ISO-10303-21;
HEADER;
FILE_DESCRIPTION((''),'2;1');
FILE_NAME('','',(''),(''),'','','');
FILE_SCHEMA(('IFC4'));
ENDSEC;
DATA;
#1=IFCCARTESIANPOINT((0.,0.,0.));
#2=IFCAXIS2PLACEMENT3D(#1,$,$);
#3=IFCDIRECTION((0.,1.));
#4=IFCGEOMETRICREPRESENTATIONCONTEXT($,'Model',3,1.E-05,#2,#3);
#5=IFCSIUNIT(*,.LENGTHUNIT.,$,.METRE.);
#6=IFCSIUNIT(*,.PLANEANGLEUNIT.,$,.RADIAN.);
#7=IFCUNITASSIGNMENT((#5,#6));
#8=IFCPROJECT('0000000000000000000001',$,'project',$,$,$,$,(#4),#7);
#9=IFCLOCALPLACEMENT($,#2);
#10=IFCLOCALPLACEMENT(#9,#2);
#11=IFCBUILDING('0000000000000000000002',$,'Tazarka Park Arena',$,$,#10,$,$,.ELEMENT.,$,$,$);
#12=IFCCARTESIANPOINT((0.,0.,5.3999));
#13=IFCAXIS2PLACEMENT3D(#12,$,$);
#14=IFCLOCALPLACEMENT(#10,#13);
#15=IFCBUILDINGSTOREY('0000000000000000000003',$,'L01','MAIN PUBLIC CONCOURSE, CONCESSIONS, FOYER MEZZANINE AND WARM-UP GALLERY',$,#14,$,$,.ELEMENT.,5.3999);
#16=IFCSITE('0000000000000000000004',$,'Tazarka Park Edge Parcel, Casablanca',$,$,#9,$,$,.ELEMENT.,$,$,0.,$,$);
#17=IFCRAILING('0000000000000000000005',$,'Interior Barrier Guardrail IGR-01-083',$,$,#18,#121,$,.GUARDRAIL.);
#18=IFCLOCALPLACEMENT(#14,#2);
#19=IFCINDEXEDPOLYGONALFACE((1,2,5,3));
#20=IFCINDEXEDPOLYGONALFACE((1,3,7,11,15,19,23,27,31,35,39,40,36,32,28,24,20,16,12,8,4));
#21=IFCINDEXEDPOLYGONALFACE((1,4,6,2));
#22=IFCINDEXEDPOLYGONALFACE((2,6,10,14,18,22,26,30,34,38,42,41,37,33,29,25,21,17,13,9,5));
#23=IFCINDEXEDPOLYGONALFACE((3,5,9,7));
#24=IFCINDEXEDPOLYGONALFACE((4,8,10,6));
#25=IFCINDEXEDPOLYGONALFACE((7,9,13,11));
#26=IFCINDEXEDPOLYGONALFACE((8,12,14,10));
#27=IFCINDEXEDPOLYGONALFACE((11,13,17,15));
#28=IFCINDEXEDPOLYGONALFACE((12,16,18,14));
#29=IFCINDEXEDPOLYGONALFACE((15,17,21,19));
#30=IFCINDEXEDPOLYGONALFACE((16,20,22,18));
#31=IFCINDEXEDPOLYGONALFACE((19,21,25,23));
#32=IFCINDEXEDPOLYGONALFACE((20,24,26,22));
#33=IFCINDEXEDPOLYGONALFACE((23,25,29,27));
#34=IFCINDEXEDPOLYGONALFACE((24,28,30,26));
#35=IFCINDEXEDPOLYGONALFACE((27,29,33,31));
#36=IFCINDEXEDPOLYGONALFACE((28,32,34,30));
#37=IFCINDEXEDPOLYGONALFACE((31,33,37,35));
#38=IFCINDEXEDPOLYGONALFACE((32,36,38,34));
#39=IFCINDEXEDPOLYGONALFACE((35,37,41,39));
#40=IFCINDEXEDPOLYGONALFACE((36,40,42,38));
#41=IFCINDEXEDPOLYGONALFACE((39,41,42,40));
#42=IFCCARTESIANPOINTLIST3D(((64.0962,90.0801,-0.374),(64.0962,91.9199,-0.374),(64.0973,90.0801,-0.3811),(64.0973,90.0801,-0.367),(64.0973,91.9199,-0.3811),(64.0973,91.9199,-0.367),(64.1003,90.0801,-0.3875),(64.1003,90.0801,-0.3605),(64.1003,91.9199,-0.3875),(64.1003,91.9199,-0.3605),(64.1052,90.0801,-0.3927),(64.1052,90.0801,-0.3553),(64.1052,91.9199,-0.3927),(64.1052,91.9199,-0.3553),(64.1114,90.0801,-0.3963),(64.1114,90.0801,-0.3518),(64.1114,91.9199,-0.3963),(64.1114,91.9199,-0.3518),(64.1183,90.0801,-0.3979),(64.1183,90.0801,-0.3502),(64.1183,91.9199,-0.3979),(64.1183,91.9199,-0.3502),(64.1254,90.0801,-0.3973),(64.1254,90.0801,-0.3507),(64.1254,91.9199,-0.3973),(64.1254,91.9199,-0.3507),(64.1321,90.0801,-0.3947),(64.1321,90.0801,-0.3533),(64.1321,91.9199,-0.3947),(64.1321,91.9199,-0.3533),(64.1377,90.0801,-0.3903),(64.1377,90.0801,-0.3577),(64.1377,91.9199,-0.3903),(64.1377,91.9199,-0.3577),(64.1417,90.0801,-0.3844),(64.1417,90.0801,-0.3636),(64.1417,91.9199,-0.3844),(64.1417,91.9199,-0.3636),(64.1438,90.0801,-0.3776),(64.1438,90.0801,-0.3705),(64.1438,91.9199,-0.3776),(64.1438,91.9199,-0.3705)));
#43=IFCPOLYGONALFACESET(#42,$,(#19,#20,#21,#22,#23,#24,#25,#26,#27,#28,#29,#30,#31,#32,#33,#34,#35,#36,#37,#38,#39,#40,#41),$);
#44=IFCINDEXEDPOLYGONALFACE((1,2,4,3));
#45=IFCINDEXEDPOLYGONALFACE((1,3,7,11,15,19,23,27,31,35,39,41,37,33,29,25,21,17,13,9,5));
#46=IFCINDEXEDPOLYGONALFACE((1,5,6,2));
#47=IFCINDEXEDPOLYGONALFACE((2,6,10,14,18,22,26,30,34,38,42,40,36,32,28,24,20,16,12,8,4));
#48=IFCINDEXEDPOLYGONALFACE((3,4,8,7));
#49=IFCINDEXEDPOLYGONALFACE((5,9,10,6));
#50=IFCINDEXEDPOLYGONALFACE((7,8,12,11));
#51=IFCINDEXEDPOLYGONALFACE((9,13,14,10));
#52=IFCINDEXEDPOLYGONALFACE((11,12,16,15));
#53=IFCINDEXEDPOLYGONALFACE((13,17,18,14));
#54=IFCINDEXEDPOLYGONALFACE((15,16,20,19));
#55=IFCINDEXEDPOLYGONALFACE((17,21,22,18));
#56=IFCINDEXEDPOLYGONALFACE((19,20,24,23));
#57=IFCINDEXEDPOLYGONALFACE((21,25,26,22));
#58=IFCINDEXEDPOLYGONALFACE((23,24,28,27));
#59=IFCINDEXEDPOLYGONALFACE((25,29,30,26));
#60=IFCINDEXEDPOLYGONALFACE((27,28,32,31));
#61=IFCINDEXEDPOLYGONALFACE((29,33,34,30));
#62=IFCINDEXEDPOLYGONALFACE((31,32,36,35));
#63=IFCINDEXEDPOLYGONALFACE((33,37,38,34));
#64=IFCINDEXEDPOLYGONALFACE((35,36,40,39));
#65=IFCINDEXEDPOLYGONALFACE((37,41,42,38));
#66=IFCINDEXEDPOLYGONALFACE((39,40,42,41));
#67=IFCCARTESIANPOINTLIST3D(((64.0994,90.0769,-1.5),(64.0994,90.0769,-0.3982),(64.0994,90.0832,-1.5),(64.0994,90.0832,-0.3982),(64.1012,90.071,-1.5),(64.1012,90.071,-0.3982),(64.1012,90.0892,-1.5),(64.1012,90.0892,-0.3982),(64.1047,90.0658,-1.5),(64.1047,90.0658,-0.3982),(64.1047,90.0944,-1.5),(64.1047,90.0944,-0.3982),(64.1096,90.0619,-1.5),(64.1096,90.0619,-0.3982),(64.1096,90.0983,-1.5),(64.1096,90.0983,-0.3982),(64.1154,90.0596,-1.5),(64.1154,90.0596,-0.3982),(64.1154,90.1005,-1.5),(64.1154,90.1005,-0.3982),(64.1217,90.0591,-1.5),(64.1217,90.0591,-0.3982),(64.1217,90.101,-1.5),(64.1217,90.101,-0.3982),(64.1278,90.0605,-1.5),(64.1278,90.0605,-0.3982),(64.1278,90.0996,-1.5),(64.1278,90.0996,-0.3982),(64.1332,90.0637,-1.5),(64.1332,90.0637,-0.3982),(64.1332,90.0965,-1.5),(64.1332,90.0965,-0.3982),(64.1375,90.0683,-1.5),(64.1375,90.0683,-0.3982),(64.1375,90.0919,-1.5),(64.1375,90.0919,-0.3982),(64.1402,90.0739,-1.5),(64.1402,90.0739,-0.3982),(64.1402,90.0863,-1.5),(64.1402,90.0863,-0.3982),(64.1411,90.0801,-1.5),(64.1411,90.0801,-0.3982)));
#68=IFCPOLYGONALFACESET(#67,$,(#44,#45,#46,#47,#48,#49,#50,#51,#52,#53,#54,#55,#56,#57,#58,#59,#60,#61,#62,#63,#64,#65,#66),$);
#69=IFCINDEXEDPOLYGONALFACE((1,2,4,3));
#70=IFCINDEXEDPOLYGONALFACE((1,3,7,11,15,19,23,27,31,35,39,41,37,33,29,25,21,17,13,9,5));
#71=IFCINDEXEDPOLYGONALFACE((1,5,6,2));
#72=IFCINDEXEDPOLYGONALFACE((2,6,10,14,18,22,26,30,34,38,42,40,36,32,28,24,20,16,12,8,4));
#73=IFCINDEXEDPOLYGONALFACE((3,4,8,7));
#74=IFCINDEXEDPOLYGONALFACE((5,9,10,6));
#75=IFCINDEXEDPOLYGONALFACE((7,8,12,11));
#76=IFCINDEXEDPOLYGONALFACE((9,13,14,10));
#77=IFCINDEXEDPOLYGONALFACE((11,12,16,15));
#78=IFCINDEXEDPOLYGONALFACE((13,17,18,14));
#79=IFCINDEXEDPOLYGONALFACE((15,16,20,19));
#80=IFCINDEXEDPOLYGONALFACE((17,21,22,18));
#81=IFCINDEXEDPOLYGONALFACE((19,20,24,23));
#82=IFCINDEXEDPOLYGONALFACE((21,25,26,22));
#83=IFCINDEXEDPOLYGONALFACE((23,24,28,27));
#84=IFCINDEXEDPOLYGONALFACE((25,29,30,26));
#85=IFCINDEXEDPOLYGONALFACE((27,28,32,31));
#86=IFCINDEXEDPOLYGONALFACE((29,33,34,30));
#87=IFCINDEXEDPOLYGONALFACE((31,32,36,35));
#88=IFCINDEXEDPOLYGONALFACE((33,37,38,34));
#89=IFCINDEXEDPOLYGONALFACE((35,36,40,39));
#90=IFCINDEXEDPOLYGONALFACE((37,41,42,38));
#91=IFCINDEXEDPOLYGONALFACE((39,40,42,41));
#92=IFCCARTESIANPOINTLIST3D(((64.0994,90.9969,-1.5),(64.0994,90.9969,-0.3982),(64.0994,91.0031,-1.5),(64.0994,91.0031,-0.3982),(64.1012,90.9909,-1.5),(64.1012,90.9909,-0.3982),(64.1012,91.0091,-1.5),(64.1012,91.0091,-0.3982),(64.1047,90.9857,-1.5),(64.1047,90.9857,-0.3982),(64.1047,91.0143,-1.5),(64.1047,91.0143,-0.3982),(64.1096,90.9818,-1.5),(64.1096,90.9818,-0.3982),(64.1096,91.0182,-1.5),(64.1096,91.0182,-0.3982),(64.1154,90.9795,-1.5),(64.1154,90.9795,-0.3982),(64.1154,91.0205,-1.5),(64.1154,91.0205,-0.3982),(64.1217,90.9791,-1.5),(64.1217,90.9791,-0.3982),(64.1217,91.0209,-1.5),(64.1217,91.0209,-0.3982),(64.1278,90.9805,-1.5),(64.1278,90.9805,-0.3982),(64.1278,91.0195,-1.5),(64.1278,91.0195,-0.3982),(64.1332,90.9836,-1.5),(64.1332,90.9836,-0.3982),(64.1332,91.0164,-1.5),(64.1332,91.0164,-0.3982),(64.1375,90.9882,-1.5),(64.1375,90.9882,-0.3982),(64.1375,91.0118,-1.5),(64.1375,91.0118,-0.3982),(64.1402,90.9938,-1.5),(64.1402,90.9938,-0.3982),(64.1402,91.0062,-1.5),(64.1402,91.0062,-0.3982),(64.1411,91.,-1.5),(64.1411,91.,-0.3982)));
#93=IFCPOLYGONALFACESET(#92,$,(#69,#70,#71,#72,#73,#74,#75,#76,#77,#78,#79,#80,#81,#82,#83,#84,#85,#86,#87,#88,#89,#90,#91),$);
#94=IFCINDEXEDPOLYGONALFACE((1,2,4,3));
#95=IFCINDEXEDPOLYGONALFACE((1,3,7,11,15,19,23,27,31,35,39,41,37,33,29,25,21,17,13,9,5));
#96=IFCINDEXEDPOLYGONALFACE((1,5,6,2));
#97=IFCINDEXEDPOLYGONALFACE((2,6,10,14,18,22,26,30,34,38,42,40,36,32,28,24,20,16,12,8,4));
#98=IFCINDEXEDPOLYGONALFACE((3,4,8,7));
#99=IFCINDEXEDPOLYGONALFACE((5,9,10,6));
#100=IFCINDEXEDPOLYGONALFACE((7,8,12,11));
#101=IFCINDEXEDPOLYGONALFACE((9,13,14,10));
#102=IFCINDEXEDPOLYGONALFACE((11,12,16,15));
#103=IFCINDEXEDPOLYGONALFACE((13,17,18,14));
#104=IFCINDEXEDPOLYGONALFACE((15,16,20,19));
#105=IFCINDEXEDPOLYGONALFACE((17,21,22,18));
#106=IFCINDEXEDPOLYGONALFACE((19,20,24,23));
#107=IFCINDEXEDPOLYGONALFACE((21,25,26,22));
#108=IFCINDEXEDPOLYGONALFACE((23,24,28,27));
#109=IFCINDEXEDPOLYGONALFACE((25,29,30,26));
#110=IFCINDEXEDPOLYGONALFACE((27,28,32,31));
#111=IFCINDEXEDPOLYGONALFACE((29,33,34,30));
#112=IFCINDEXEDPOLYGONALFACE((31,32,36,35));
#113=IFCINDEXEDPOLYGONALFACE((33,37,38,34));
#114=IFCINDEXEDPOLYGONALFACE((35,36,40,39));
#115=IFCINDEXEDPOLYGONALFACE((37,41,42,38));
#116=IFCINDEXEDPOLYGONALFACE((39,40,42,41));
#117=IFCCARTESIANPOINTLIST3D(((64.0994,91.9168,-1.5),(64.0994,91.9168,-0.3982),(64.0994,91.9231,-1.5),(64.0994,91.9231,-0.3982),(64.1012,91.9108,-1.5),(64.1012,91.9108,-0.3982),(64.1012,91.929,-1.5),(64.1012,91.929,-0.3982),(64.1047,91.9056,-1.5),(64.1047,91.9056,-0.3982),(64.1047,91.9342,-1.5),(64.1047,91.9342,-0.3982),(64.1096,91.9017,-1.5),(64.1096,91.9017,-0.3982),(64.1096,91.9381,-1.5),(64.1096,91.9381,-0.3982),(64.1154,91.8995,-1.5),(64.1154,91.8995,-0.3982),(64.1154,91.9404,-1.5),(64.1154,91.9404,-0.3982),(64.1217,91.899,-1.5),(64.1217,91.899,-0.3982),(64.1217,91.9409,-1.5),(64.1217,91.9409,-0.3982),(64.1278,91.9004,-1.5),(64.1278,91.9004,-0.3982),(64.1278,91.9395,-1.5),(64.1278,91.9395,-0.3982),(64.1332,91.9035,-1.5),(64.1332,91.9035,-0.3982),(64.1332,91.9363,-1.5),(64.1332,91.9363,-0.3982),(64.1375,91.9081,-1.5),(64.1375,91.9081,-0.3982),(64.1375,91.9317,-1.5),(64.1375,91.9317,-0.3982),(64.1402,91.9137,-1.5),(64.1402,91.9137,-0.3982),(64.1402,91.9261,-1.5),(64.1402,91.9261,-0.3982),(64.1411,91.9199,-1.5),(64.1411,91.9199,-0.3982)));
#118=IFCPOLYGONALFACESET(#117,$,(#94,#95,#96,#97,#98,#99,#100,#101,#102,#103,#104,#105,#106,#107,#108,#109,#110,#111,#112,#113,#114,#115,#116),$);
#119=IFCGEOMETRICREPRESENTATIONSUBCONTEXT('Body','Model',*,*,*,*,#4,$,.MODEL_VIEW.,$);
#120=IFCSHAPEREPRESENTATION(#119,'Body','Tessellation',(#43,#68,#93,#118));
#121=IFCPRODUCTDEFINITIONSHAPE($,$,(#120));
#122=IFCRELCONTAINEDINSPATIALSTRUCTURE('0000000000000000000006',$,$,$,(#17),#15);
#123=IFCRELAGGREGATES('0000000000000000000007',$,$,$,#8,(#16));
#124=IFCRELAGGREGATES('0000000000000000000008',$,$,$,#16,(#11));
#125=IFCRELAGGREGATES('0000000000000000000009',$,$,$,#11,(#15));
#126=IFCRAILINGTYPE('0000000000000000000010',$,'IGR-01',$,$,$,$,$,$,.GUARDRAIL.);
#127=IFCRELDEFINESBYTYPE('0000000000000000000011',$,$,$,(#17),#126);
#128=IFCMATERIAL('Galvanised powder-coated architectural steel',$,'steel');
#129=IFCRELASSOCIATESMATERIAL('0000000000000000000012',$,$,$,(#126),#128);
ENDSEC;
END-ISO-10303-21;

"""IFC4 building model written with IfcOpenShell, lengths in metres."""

from ifc_helpers import new_model, si_unit, direction, frame, origin, origin_2d, place, context, subcontext, project, spatial, circle, extrude, material, type_object, element, save


model = new_model("IFC4")

# Units and contexts
model_context = context("Model", 3, precision=1e-05, world=origin(), true_north=direction((0.0, 1.0)))
body_context = subcontext(model_context, "Body", "Model", "MODEL_VIEW")
ifc_project = project(units=[si_unit("LENGTHUNIT", "METRE"), si_unit("PLANEANGLEUNIT", "RADIAN")], contexts=[model_context])

# Site, building, storey
site_placement = place(None, origin())
site = spatial("IfcSite", under=ifc_project, at=site_placement, Name="Tazarka Park Edge Parcel, Casablanca", CompositionType="ELEMENT", RefElevation=0.0)
building_placement = place(site_placement, origin())
building = spatial("IfcBuilding", under=site, at=building_placement, Name="Tazarka Park Arena", CompositionType="ELEMENT")
storey_placement = place(building_placement, frame((0.0, 0.0, 5.3999)))
storey = spatial("IfcBuildingStorey", under=building, at=storey_placement, Name="L01", Description="MAIN PUBLIC CONCOURSE, CONCESSIONS, FOYER MEZZANINE AND WARM-UP GALLERY", CompositionType="ELEMENT", Elevation=5.3999)

# Railing
ifc_material_1 = material(Name="Galvanised powder-coated architectural steel", Category="steel")
railing_type_1 = type_object("IfcRailingType", Name="IGR-01", PredefinedType="GUARDRAIL", material=ifc_material_1)
railing_1_placement = place(storey_placement, frame((64.1201, 90.0801, -1.5)))
element("IfcRailing", 1, at=railing_1_placement, inside=storey, type_object=railing_type_1, Name="Interior Barrier Guardrail IGR-01-083", PredefinedType="GUARDRAIL", context=body_context, shape_type="SweptSolid", body=[
    extrude(circle(Radius=0.0239, at=origin_2d()), frame((0.0, 0.0, 1.126), z_axis=(0.0, 1.0, 0.0), x_axis=(-1.0, 0.0, 0.0)), (0.0, 0.0, 1.0), 1.8398),
    extrude(circle(Radius=0.021, at=origin_2d()), origin(), (0.0, 0.0, 1.0), 1.1018),
    extrude(circle(Radius=0.021, at=origin_2d()), frame((0.0, 0.9199, 0.0)), (0.0, 0.0, 1.0), 1.1018),
    extrude(circle(Radius=0.021, at=origin_2d()), frame((0.0, 1.8398, 0.0)), (0.0, 0.0, 1.0), 1.1018),
])

save(model, "model.ifc")
